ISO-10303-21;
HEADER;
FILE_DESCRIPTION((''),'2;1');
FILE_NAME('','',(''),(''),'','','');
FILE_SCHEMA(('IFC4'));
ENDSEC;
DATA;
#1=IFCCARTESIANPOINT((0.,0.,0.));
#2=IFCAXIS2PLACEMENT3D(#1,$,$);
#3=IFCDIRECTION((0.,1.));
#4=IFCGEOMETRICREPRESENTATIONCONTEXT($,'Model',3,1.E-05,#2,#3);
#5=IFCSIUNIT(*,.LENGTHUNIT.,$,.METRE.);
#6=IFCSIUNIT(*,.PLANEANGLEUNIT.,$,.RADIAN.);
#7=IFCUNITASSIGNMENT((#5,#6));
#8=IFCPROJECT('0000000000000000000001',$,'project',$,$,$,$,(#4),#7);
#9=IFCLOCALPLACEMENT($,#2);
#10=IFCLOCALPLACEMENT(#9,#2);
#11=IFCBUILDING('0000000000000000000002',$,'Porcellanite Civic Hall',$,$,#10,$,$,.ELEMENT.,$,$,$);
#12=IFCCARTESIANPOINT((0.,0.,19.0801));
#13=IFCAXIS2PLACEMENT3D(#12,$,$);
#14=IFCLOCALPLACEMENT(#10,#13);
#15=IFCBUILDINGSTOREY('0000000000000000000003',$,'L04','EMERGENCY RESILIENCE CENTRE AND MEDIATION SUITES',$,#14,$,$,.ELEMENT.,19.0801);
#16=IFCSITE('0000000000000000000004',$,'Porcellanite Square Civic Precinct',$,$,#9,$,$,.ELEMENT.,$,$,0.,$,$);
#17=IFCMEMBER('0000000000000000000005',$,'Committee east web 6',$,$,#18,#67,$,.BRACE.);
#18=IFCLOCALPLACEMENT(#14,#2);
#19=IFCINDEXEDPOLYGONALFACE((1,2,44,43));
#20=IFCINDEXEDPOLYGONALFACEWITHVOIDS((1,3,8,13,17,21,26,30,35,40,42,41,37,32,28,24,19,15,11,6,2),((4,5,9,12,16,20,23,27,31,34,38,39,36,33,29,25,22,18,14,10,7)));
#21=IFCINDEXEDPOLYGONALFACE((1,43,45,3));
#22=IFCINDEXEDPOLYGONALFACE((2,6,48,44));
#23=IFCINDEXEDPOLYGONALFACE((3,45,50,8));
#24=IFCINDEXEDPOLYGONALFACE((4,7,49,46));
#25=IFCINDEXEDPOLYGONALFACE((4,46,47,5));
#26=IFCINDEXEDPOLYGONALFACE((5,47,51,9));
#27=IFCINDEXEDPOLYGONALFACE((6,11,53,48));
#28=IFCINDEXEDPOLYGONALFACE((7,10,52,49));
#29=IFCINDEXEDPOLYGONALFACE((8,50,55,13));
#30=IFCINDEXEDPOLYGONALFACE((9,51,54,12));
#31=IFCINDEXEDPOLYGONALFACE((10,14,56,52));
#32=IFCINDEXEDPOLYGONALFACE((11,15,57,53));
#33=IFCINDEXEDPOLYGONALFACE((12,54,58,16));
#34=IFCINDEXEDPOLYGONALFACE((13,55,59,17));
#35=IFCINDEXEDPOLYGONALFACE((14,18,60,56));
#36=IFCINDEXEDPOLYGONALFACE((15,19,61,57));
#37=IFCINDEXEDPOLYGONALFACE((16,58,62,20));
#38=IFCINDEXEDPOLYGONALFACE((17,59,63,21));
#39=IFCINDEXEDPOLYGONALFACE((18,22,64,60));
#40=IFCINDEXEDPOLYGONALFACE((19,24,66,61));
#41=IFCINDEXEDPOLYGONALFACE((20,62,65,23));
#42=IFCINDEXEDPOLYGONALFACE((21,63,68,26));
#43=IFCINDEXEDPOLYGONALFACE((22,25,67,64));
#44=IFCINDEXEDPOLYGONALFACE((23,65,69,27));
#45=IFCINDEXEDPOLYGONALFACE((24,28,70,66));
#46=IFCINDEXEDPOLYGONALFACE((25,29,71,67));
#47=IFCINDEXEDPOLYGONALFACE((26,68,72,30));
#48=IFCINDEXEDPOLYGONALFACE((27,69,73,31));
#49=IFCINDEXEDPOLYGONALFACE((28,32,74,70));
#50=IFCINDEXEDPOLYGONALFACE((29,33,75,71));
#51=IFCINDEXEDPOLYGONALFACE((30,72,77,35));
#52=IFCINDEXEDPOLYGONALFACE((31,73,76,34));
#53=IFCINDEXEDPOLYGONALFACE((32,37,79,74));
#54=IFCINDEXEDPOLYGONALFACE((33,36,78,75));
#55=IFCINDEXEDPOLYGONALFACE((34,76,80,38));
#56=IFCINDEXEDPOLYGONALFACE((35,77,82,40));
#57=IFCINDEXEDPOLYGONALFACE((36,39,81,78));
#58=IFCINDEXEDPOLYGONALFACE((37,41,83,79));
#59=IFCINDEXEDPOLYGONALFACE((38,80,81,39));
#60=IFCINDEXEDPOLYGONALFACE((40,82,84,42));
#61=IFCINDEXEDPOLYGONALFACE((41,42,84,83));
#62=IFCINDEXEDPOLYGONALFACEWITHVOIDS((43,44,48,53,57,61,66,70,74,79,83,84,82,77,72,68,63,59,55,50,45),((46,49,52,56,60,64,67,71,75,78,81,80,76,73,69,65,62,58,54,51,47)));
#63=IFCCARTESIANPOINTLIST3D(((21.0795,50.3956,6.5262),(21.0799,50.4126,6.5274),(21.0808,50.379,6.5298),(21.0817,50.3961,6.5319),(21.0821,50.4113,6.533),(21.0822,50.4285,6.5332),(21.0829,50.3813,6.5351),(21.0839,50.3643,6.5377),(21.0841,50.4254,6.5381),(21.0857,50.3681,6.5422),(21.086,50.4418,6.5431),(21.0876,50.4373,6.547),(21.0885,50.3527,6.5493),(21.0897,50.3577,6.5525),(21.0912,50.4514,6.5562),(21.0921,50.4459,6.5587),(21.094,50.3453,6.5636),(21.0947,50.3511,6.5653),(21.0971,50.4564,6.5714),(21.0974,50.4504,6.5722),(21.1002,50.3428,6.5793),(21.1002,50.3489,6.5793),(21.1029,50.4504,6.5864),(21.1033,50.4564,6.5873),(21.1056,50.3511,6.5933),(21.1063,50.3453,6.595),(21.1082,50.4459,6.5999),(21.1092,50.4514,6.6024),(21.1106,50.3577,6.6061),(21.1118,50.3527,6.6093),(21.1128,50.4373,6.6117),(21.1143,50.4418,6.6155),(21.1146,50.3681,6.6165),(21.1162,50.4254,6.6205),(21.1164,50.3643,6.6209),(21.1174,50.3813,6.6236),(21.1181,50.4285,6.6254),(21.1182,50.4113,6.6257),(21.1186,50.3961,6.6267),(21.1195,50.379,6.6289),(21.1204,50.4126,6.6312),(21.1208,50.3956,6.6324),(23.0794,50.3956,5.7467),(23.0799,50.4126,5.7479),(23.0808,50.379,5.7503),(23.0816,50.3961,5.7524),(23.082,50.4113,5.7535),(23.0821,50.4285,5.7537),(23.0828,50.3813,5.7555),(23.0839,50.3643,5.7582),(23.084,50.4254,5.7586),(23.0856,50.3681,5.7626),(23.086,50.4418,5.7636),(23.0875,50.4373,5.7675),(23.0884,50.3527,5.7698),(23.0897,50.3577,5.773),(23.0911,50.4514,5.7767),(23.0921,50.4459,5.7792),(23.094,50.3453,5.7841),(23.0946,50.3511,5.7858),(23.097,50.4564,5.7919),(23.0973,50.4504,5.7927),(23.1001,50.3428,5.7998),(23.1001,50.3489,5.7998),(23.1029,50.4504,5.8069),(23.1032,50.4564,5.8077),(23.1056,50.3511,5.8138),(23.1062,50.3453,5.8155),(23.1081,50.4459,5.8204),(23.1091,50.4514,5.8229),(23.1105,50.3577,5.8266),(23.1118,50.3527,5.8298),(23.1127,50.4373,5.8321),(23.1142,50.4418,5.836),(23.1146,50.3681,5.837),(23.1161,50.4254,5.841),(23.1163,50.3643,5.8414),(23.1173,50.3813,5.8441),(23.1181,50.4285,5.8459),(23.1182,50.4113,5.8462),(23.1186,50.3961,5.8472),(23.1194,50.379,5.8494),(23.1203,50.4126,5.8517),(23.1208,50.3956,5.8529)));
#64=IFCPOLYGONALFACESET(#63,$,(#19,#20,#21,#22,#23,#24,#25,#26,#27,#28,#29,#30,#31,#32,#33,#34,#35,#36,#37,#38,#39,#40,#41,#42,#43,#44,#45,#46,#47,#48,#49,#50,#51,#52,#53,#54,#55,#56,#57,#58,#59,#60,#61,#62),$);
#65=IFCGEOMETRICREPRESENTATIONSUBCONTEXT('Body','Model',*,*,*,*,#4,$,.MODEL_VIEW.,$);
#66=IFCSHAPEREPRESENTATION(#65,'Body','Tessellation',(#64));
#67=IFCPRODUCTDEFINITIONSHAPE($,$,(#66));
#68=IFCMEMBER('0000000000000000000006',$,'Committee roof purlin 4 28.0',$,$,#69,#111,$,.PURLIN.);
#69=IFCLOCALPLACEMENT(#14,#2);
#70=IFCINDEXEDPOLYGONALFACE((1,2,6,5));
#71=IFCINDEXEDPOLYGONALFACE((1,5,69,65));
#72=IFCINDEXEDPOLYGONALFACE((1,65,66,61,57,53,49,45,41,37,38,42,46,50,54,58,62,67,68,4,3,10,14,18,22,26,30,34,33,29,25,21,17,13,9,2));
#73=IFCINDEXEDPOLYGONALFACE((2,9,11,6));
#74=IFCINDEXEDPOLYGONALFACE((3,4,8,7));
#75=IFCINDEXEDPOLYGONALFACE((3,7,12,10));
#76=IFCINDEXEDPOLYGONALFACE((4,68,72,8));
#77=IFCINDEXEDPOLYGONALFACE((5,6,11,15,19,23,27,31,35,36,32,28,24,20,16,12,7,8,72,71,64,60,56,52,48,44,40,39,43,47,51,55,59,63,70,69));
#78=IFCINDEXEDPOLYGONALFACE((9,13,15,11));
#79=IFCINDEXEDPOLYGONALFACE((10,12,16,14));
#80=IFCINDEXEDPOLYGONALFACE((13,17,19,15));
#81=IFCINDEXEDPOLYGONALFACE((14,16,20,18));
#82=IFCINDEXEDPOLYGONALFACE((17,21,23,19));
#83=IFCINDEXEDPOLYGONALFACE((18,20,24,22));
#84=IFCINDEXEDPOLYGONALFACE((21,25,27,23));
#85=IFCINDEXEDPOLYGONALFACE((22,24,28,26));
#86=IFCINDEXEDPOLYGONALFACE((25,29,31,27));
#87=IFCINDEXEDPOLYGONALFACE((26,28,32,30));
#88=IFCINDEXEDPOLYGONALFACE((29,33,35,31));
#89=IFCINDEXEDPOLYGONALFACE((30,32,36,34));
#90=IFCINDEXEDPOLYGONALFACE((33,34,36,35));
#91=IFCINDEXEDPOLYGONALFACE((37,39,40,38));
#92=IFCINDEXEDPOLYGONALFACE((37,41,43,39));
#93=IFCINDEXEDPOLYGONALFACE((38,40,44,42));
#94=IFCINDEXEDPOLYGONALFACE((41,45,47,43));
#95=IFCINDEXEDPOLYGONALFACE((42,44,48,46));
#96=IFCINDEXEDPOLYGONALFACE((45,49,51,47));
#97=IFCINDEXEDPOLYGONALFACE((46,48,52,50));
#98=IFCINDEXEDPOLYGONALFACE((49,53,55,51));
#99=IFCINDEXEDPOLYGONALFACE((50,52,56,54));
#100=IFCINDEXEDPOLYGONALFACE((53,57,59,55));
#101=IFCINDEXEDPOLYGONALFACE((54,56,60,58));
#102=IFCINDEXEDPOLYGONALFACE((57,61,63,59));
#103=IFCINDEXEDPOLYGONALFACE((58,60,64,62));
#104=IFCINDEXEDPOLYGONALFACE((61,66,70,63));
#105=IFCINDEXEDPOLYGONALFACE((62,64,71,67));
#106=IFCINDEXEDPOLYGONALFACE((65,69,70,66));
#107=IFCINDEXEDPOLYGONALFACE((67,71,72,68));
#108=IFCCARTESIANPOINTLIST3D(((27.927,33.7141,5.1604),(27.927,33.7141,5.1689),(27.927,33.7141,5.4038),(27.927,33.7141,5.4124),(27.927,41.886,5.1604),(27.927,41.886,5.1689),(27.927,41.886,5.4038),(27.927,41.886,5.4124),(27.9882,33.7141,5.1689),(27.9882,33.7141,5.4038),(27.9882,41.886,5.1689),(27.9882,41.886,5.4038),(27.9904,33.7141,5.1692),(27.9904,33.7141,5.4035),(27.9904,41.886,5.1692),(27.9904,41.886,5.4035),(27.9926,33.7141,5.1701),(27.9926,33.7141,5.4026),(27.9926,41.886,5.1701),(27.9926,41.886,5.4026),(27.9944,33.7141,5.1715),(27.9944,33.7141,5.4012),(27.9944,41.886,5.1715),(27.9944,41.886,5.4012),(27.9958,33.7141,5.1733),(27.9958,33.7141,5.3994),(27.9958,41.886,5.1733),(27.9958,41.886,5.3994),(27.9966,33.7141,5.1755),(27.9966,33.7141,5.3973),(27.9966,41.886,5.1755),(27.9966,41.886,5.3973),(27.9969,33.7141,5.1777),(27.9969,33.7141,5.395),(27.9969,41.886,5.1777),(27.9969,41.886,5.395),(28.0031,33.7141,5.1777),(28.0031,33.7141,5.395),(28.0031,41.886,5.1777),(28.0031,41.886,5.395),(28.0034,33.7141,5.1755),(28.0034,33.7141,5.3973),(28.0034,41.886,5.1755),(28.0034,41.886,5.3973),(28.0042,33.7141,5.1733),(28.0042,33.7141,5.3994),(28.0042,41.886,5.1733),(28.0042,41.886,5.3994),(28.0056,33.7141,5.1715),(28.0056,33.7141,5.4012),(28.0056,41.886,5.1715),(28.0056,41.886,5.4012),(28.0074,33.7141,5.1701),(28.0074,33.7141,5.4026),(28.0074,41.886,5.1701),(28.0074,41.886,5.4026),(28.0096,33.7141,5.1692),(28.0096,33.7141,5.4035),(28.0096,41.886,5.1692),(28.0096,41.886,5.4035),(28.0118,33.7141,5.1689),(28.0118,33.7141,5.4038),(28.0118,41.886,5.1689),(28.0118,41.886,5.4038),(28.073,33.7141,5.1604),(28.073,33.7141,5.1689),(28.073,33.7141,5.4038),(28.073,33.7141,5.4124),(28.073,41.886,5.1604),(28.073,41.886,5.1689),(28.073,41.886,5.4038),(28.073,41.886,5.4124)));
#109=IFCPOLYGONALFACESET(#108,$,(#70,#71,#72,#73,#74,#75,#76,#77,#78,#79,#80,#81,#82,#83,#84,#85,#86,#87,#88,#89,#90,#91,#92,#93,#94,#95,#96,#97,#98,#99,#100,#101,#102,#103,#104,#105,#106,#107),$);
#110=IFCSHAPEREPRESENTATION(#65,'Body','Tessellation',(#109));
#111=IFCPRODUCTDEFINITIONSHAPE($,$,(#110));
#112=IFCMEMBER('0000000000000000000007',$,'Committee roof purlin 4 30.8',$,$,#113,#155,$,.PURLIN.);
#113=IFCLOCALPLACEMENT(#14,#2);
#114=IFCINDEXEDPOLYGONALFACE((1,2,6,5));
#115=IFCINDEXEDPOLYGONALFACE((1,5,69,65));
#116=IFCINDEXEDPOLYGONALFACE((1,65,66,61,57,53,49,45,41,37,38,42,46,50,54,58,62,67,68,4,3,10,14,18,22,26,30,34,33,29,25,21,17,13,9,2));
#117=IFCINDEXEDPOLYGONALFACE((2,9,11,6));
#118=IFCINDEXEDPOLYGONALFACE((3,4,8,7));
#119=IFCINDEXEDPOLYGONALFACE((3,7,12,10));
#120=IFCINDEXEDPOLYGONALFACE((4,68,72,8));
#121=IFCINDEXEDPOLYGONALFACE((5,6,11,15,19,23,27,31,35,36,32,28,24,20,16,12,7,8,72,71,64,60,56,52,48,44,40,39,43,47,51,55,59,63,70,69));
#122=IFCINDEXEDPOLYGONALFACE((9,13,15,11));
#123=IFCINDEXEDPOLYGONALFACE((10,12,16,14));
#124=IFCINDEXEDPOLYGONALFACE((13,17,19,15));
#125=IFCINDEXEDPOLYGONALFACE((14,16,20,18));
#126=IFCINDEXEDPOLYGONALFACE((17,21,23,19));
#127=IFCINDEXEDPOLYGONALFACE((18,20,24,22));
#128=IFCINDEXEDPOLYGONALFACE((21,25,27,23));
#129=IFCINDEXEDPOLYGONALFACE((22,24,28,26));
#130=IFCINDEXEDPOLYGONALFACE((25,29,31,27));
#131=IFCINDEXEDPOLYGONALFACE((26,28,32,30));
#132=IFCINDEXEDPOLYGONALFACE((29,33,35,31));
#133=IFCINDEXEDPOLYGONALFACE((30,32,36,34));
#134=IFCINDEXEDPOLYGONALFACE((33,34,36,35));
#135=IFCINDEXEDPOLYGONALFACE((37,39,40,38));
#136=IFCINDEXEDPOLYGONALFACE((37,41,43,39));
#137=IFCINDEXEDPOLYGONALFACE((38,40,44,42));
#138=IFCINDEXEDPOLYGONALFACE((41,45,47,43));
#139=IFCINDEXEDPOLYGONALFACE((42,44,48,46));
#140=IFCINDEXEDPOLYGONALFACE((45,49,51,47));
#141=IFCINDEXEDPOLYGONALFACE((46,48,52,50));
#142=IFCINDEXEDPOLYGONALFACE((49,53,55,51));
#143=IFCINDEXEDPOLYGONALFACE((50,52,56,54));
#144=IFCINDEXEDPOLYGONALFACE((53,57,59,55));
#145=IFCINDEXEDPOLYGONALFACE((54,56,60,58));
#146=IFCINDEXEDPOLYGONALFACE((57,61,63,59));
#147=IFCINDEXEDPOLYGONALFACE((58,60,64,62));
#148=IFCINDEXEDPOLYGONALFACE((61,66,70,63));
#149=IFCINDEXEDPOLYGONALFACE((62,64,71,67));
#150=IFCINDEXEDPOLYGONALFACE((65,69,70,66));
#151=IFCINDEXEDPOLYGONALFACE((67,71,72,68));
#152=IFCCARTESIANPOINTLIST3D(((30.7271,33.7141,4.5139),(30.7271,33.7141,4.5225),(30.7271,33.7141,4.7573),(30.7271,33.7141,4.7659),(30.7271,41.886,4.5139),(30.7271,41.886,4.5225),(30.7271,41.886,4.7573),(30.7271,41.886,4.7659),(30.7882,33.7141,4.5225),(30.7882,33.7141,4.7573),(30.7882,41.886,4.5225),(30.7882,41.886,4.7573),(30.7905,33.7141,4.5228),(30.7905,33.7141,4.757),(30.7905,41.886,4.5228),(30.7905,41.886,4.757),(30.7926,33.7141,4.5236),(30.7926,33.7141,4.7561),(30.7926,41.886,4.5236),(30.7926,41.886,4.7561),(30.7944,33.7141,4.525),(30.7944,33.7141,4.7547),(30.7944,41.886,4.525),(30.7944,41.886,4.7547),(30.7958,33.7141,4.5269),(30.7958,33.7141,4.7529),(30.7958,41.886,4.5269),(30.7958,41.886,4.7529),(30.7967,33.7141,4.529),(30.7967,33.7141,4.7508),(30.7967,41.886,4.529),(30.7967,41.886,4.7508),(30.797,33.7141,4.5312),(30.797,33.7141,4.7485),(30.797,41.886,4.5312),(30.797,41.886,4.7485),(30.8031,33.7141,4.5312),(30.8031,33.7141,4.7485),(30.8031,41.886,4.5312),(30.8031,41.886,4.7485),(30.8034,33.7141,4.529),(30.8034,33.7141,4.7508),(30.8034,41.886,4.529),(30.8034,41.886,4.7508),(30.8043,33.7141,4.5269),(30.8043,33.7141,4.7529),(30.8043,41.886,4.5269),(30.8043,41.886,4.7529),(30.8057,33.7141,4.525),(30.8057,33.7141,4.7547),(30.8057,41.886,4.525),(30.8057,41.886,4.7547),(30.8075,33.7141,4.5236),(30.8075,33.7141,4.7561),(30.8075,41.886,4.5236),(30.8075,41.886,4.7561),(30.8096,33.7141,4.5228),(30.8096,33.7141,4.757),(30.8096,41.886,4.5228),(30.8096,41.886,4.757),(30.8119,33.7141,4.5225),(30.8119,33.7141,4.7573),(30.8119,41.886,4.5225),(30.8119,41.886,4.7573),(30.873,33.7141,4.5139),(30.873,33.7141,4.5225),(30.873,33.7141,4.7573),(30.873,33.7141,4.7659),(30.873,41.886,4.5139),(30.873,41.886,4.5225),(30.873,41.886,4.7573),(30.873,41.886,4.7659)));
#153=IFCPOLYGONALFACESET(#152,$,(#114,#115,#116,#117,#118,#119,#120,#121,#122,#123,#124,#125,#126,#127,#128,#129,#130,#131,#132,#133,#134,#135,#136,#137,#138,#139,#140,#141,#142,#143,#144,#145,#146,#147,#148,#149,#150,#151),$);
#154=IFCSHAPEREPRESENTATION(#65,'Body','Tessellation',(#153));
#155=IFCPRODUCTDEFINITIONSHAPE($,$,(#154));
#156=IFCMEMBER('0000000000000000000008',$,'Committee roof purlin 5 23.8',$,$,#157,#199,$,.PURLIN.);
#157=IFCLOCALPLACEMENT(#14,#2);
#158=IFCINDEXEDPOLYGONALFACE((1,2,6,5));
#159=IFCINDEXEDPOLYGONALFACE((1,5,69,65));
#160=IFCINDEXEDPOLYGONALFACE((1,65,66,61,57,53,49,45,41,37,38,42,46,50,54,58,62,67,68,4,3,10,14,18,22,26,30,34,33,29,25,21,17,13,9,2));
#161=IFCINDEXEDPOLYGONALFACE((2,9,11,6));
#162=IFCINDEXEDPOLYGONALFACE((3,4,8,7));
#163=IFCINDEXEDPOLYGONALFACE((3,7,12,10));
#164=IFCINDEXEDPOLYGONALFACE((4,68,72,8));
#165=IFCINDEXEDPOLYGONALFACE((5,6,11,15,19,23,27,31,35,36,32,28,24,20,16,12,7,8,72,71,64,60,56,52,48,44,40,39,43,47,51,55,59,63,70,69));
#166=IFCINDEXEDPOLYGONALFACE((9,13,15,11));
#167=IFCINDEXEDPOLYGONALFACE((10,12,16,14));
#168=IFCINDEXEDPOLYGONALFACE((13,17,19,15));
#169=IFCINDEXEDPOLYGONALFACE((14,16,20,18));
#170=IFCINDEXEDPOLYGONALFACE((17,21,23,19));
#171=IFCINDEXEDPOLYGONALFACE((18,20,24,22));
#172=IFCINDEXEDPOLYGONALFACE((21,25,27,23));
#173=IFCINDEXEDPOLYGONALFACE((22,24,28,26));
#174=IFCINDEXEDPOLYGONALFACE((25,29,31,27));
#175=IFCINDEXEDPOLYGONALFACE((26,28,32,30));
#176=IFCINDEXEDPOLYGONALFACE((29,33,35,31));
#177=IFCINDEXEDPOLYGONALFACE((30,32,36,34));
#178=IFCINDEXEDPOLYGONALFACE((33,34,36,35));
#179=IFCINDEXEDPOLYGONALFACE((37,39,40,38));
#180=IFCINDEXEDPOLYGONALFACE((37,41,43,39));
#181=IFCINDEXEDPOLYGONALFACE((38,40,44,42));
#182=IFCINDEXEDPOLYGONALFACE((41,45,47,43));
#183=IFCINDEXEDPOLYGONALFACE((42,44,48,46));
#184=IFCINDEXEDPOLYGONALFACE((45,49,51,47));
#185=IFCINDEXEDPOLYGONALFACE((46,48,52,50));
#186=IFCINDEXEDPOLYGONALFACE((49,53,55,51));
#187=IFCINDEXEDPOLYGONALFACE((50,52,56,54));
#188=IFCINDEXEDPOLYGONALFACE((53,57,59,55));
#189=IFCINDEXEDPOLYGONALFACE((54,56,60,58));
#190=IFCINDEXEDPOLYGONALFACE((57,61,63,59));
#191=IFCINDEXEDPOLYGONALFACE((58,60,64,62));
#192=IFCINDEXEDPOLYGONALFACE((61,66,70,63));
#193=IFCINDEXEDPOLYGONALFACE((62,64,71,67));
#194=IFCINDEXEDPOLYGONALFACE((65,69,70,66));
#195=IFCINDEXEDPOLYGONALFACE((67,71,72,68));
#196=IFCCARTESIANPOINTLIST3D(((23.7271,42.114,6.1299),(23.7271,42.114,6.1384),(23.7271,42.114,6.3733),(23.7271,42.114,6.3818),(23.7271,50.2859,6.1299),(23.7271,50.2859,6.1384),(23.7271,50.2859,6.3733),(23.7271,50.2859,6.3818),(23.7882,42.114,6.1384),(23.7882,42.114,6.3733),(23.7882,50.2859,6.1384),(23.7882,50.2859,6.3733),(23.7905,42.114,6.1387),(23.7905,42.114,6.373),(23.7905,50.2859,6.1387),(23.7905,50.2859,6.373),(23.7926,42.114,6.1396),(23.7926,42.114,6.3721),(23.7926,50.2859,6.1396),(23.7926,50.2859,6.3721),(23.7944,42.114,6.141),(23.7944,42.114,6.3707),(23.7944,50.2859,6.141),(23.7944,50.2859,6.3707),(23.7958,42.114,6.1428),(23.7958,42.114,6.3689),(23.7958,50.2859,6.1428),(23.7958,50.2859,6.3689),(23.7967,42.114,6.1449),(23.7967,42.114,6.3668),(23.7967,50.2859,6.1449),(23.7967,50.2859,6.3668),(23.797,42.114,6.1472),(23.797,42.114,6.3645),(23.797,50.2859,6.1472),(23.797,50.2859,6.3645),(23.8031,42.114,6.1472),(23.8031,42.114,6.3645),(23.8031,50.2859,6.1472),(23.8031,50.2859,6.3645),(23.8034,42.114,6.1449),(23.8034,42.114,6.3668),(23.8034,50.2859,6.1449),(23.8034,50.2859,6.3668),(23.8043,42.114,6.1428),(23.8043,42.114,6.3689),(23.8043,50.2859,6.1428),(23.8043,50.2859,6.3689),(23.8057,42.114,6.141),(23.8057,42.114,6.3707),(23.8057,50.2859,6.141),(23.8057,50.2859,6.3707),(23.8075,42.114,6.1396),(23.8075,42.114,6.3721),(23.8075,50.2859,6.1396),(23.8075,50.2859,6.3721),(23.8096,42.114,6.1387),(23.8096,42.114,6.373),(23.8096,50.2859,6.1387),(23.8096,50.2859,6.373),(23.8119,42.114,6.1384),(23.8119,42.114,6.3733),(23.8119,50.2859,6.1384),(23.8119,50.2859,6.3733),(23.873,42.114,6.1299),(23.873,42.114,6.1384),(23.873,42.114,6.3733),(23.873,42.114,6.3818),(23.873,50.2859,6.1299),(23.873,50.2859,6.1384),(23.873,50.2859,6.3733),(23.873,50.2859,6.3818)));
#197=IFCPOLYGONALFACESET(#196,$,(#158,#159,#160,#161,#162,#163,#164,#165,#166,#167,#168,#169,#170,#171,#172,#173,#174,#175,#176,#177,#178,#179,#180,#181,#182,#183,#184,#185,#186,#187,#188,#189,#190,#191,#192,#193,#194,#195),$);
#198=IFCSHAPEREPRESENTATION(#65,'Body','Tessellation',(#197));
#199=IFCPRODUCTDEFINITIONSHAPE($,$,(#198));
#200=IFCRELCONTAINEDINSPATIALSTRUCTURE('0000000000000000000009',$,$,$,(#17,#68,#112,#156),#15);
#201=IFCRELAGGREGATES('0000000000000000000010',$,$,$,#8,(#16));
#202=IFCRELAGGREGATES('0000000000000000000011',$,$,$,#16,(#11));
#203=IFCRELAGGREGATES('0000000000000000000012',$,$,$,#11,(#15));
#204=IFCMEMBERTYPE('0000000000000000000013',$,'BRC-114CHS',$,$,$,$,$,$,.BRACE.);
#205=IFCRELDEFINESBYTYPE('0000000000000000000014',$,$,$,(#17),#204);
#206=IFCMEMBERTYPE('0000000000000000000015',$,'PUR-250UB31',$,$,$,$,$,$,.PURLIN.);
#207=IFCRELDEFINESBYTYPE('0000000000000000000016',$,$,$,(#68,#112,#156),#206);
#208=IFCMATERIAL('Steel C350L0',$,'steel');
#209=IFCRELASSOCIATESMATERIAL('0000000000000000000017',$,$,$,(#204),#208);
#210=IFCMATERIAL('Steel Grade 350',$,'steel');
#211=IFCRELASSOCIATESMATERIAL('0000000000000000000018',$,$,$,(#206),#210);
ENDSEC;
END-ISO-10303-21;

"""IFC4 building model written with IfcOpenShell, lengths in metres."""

from ifc_helpers import new_model, si_unit, direction, frame, origin, origin_2d, place, context, subcontext, project, spatial, hollow_circle, i_section, extrude, material, material_profile, profile_set, type_object, element, save


model = new_model("IFC4")

# Units and contexts
model_context = context("Model", 3, precision=1e-05, world=origin(), true_north=direction((0.0, 1.0)))
body_context = subcontext(model_context, "Body", "Model", "MODEL_VIEW")
ifc_project = project(units=[si_unit("LENGTHUNIT", "METRE"), si_unit("PLANEANGLEUNIT", "RADIAN")], contexts=[model_context])

# Site, building, storey
site_placement = place(None, origin())
site = spatial("IfcSite", under=ifc_project, at=site_placement, Name="Porcellanite Square Civic Precinct", CompositionType="ELEMENT", RefElevation=0.0)
building_placement = place(site_placement, origin())
building = spatial("IfcBuilding", under=site, at=building_placement, Name="Porcellanite Civic Hall", CompositionType="ELEMENT")
storey_placement = place(building_placement, frame((0.0, 0.0, 19.0801)))
storey = spatial("IfcBuildingStorey", under=building, at=storey_placement, Name="L04", Description="EMERGENCY RESILIENCE CENTRE AND MEDIATION SUITES", CompositionType="ELEMENT", Elevation=19.0801)

# Members
ifc_material_1 = material(Name="Steel C350L0", Category="steel")
ifc_material_profile_1 = material_profile(ifc_material_1, hollow_circle(Radius=0.0571, WallThickness=0.0061, at=origin_2d()), Name="114.3x6.0CHS")
ifc_profile_set_1 = profile_set([ifc_material_profile_1], Name="Steel C350L0")
member_type_1 = type_object("IfcMemberType", Name="BRC-114CHS", PredefinedType="BRACE", material=ifc_profile_set_1)
for number, where, z_axis, x_axis, name in (
    (1, (23.1001, 50.3999, 5.7998), (-0.931727, 0.0, 0.36316), (0.0, -1.0, 0.0), "Committee east web 6"),
):
    element("IfcMember", number, at=place(storey_placement, frame(where, z_axis=z_axis, x_axis=x_axis)), inside=storey, type_object=member_type_1, Name=name, PredefinedType="BRACE", context=body_context, shape_type="SweptSolid", body=[
        extrude(hollow_circle(Radius=0.0571, WallThickness=0.0061, at=origin_2d()), origin(), (0.0, 0.0, 1.0), 2.1465),
    ])
ifc_material_2 = material(Name="Steel Grade 350", Category="steel")
ifc_material_profile_2 = material_profile(ifc_material_2, i_section(OverallWidth=0.146, OverallDepth=0.252, WebThickness=0.0061, FlangeThickness=0.0085, FilletRadius=0.0088, at=origin_2d()), Name="250UB31.4")
ifc_profile_set_2 = profile_set([ifc_material_profile_2], Name="Steel Grade 350")
member_type_2 = type_object("IfcMemberType", Name="PUR-250UB31", PredefinedType="PURLIN", material=ifc_profile_set_2)
for number, where, z_axis, x_axis, name in (
    (2, (28.0, 33.7141, 5.2864), (0.0, 1.0, 0.0), (-1.0, 0.0, 0.0), "Committee roof purlin 4 28.0"),
    (3, (30.8, 33.7141, 4.6399), (0.0, 1.0, 0.0), (-1.0, 0.0, 0.0), "Committee roof purlin 4 30.8"),
    (4, (23.8, 42.114, 6.2559), (0.0, 1.0, 0.0), (-1.0, 0.0, 0.0), "Committee roof purlin 5 23.8"),
):
    element("IfcMember", number, at=place(storey_placement, frame(where, z_axis=z_axis, x_axis=x_axis)), inside=storey, type_object=member_type_2, Name=name, PredefinedType="PURLIN", context=body_context, shape_type="SweptSolid", body=[
        extrude(i_section(OverallWidth=0.146, OverallDepth=0.252, WebThickness=0.0061, FlangeThickness=0.0085, FilletRadius=0.0088, at=origin_2d()), origin(), (0.0, 0.0, 1.0), 8.1719),
    ])

save(model, "model.ifc")
